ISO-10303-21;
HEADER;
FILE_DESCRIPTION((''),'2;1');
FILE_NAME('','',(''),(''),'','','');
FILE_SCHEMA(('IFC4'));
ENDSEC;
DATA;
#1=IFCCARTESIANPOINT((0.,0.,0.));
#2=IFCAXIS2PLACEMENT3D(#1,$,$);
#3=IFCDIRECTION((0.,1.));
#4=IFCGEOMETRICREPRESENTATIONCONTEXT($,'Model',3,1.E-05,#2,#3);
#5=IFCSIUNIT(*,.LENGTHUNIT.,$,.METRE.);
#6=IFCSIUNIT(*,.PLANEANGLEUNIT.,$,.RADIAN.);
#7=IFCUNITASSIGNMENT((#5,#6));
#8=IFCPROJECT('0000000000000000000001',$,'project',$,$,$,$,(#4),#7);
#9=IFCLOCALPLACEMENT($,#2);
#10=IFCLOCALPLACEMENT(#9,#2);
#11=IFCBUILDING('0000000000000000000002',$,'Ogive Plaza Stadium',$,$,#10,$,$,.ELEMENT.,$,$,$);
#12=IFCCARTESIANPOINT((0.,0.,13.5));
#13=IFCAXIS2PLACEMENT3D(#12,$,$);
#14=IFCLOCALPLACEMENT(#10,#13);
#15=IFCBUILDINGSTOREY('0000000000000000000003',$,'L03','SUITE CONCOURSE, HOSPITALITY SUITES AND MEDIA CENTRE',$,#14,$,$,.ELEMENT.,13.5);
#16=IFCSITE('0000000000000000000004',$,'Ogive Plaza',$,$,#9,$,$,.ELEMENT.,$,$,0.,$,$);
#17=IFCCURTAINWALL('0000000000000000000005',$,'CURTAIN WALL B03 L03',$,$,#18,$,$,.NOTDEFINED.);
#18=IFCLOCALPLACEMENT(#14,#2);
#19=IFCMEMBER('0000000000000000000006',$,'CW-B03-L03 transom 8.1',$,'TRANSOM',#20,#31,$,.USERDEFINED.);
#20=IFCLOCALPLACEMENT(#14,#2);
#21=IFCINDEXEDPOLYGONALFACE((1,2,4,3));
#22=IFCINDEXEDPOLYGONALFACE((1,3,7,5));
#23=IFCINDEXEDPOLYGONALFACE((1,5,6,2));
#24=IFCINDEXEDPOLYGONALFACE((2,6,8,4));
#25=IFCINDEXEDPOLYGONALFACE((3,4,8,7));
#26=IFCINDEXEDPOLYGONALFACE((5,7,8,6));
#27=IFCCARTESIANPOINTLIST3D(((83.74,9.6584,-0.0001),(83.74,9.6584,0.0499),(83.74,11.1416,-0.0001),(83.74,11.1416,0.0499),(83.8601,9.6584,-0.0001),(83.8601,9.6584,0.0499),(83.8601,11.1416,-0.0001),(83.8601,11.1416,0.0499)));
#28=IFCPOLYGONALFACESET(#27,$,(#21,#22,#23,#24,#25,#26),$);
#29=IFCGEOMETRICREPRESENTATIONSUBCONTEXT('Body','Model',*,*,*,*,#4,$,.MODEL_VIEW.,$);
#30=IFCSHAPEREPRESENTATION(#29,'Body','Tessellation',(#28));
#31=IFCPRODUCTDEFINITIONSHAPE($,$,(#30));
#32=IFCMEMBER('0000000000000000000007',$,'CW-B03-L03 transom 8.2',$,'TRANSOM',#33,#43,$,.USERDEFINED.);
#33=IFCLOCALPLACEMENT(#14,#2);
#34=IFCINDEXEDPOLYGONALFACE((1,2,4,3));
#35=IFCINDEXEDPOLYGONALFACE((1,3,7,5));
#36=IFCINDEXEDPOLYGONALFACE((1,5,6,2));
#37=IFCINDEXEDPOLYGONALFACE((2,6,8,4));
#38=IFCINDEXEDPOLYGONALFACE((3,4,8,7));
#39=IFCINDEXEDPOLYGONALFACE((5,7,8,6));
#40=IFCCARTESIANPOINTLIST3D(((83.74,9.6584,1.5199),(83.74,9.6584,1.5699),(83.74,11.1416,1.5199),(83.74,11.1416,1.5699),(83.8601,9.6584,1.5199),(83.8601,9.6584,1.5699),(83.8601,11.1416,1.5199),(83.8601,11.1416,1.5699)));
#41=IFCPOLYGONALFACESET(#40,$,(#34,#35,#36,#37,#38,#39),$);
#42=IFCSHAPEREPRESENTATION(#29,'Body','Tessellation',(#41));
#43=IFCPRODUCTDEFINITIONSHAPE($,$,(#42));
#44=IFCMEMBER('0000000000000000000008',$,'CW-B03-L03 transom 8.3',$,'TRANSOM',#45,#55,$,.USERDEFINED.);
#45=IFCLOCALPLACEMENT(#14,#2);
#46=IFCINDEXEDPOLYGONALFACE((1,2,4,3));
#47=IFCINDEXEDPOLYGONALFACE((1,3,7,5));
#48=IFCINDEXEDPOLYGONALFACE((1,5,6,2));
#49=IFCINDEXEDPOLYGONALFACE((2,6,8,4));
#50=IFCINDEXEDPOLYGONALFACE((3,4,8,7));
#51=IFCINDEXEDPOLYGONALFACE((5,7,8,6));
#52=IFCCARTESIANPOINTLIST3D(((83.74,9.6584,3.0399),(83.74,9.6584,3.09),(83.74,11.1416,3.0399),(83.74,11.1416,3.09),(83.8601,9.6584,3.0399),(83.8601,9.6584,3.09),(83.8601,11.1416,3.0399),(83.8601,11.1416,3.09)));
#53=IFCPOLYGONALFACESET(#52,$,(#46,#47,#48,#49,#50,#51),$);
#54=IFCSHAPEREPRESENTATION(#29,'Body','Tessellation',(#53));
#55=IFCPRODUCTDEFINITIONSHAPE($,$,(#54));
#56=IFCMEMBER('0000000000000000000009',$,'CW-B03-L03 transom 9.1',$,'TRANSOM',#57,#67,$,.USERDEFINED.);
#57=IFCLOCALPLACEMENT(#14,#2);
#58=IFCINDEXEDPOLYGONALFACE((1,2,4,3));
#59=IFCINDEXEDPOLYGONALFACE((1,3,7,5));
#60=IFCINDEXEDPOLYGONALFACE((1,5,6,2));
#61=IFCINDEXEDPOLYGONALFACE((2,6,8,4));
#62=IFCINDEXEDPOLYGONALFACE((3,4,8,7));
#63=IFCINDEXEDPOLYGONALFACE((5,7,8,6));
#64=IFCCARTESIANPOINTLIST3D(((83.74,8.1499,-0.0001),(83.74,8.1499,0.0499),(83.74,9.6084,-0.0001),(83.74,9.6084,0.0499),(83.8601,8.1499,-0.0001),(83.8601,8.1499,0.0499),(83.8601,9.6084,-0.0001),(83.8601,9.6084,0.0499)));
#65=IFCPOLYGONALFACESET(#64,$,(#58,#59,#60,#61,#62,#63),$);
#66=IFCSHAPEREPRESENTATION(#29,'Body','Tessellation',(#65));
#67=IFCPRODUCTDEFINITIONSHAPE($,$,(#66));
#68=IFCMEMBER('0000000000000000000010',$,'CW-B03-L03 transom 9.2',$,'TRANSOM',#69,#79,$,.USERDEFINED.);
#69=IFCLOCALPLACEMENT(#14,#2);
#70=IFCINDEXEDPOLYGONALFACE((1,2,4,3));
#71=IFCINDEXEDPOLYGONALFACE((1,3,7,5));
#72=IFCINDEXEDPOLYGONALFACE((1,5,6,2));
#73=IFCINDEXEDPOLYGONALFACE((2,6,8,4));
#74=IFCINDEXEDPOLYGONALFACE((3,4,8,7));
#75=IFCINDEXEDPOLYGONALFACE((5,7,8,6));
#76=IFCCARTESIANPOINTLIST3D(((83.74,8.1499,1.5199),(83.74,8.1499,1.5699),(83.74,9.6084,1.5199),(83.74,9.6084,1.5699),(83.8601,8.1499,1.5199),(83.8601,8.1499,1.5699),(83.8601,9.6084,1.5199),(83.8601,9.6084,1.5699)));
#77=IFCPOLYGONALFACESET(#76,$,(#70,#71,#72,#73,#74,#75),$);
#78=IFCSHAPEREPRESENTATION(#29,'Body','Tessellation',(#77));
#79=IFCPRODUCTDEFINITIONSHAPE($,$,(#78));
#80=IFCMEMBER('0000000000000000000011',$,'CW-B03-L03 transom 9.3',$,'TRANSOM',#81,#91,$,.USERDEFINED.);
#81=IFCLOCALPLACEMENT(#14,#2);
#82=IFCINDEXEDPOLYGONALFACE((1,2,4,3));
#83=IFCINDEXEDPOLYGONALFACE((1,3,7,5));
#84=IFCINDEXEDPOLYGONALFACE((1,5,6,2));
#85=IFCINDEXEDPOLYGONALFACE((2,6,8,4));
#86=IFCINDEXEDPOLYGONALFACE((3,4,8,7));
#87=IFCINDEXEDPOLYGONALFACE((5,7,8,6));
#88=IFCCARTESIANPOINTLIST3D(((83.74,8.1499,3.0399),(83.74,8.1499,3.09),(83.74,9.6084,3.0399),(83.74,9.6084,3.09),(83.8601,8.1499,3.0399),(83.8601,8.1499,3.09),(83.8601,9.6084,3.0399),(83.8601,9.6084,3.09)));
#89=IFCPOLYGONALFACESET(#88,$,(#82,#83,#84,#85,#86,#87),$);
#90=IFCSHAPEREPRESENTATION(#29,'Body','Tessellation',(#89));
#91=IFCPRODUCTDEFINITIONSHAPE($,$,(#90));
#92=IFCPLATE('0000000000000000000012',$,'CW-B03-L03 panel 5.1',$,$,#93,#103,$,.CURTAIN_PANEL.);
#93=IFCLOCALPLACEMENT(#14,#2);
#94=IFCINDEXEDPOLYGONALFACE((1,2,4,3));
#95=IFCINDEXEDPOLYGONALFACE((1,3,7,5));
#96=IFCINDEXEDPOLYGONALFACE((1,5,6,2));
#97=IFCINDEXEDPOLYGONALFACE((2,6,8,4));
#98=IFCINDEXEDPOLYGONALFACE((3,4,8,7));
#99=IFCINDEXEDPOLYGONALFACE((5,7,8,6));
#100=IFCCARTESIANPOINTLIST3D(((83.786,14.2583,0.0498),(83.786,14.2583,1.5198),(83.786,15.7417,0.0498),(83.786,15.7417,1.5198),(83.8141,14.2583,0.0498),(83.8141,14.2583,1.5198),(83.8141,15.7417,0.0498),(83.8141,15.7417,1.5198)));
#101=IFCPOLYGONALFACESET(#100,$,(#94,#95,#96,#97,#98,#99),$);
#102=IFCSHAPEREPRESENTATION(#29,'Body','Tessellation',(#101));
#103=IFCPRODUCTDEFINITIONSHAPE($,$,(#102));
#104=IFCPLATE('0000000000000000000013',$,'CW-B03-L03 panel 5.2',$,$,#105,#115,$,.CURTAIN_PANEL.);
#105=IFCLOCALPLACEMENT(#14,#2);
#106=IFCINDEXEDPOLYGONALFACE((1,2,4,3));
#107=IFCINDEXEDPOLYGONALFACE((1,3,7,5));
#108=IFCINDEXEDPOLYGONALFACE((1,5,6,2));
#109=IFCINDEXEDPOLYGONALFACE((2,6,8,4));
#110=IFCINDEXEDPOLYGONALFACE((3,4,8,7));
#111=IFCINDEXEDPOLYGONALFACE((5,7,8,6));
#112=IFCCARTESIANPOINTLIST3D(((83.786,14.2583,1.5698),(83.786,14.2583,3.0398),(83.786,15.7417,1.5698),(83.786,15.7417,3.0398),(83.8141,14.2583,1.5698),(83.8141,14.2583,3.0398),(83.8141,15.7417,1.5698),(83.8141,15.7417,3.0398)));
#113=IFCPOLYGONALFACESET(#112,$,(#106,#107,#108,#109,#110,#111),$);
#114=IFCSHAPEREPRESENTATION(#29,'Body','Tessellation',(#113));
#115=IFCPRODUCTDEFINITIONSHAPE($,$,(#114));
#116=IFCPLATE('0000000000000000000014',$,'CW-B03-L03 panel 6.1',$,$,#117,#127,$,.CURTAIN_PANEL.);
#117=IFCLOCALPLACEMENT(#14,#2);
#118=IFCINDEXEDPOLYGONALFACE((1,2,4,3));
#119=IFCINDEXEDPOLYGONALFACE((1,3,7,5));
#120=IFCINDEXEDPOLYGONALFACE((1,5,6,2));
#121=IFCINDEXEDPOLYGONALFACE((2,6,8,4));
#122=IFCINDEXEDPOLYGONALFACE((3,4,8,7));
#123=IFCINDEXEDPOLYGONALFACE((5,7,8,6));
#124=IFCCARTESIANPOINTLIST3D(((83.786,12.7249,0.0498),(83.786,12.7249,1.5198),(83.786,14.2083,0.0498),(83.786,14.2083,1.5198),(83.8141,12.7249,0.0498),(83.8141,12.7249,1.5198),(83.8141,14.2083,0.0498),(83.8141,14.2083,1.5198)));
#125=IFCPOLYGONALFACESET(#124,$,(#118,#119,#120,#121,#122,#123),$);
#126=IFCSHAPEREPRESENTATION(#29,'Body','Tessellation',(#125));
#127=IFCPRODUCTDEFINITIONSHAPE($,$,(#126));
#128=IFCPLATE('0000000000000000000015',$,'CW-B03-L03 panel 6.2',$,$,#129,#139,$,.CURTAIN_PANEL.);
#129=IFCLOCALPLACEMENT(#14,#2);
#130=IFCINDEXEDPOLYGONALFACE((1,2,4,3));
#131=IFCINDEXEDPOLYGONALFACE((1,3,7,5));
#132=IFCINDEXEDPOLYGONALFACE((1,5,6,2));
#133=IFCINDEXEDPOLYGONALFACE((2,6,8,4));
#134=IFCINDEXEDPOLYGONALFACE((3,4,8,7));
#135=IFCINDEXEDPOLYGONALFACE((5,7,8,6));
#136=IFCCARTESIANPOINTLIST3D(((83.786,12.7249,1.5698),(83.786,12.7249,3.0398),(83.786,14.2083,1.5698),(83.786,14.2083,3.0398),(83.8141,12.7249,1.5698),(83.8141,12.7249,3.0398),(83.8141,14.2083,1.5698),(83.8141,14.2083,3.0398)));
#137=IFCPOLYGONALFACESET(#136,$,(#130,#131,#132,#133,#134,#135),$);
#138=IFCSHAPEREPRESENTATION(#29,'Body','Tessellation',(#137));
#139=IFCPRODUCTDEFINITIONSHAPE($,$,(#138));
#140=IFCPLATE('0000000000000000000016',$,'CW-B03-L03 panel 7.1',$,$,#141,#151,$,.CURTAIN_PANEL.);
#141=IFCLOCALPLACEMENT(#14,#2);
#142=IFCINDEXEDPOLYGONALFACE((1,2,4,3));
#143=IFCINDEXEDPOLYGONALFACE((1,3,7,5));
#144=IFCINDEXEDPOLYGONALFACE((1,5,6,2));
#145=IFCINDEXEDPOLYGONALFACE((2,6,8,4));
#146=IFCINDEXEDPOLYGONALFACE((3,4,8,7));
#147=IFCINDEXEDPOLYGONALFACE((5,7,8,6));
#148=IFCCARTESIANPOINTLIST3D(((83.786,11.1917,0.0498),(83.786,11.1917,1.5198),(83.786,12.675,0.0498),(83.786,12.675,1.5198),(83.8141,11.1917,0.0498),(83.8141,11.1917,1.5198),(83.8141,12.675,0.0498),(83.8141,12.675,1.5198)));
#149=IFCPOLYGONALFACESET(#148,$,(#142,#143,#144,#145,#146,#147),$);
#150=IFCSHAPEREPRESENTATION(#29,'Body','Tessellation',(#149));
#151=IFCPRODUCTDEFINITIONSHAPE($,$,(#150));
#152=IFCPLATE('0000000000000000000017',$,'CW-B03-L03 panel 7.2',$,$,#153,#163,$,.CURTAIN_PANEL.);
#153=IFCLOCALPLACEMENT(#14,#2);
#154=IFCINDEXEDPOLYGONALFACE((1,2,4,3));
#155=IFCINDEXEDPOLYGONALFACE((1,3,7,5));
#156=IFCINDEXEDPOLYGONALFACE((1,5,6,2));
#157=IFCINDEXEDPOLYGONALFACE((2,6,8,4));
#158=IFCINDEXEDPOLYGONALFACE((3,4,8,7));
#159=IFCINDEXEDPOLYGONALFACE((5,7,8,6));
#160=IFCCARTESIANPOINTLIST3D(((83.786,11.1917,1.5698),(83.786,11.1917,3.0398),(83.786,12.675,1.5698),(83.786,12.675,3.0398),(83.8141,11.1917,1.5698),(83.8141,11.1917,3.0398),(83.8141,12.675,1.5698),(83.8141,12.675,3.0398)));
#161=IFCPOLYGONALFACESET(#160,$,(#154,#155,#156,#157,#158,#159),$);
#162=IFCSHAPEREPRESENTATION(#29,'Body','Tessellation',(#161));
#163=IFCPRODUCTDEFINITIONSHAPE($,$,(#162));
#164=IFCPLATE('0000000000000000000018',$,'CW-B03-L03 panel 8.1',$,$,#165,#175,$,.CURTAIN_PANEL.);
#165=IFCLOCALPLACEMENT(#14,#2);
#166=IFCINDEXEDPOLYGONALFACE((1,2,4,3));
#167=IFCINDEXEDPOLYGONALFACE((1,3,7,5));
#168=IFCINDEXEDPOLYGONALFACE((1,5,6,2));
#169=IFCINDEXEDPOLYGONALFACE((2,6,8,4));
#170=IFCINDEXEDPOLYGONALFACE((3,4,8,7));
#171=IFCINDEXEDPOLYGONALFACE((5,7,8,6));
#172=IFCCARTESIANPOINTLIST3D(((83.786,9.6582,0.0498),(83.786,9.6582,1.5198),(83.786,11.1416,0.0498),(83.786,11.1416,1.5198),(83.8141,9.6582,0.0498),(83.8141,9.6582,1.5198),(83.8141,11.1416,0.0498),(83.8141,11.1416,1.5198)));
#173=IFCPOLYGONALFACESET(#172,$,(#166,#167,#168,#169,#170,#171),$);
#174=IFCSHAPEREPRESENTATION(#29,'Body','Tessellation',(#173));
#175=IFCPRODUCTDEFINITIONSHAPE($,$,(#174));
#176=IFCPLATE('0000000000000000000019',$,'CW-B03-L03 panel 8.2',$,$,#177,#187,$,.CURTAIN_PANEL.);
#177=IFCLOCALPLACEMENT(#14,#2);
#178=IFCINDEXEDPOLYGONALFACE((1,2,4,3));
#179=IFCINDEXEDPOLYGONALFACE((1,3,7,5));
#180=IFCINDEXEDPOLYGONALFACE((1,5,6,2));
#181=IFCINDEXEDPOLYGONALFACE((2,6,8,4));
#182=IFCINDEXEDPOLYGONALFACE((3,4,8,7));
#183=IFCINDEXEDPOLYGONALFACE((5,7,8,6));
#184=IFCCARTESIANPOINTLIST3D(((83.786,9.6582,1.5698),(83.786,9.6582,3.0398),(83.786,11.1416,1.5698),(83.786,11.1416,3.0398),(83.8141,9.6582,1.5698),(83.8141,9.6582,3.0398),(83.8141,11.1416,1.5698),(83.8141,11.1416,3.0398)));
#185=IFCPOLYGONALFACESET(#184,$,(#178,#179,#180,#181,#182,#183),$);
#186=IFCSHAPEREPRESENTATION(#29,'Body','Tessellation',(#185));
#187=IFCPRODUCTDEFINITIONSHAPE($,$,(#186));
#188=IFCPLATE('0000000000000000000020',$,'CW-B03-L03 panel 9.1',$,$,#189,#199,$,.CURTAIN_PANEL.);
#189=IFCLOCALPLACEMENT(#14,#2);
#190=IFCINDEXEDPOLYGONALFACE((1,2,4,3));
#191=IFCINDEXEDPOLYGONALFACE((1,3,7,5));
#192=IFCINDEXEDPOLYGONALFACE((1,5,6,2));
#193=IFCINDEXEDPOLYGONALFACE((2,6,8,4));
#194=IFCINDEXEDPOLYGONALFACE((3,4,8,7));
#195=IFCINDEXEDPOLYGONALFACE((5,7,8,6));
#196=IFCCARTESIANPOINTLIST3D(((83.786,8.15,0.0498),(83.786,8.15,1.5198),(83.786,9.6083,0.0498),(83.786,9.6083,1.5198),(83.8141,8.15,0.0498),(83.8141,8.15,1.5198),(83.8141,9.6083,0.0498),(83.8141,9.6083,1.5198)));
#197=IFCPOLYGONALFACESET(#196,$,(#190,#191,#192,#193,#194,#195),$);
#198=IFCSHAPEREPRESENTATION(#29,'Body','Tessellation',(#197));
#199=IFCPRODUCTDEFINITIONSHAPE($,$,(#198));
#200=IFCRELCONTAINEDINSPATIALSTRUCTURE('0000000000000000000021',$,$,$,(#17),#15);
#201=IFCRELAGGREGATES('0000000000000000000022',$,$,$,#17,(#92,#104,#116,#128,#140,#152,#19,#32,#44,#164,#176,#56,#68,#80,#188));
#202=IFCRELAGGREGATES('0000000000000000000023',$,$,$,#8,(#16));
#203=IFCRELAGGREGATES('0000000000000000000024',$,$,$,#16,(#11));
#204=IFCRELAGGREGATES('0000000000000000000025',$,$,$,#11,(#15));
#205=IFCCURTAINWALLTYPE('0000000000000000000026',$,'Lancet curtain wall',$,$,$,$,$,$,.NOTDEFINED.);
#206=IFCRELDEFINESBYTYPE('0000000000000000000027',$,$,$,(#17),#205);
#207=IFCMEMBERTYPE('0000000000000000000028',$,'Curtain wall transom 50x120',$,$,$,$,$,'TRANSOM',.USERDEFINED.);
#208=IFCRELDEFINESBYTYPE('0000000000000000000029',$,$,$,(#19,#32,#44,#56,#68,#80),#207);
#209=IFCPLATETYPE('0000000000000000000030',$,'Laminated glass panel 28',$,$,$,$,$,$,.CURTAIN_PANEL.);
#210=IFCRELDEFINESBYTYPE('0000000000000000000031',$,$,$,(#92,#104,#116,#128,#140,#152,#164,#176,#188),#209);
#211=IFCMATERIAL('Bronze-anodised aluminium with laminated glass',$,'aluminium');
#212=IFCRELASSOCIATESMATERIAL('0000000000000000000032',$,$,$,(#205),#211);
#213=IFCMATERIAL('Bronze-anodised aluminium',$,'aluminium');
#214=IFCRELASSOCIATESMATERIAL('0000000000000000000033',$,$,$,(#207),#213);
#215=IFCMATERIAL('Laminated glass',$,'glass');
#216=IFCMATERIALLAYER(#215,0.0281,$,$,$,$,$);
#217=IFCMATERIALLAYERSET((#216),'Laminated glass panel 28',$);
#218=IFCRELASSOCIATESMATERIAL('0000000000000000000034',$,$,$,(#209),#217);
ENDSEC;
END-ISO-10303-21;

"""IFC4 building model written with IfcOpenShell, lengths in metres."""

from ifc_helpers import new_model, si_unit, direction, frame, origin, origin_2d, place, context, subcontext, project, spatial, rectangle, extrude, material, layer, layer_set, material_profile, profile_set, type_object, element, aggregate, save


model = new_model("IFC4")

# Units and contexts
model_context = context("Model", 3, precision=1e-05, world=origin(), true_north=direction((0.0, 1.0)))
body_context = subcontext(model_context, "Body", "Model", "MODEL_VIEW")
ifc_project = project(units=[si_unit("LENGTHUNIT", "METRE"), si_unit("PLANEANGLEUNIT", "RADIAN")], contexts=[model_context])

# Site, building, storey
site_placement = place(None, origin())
site = spatial("IfcSite", under=ifc_project, at=site_placement, Name="Ogive Plaza", CompositionType="ELEMENT", RefElevation=0.0)
building_placement = place(site_placement, origin())
building = spatial("IfcBuilding", under=site, at=building_placement, Name="Ogive Plaza Stadium", CompositionType="ELEMENT")
storey_placement = place(building_placement, frame((0.0, 0.0, 13.5)))
storey = spatial("IfcBuildingStorey", under=building, at=storey_placement, Name="L03", Description="SUITE CONCOURSE, HOSPITALITY SUITES AND MEDIA CENTRE", CompositionType="ELEMENT", Elevation=13.5)

# Curtain wall, members, plates
ifc_material_1 = material(Name="Bronze-anodised aluminium with laminated glass", Category="aluminium")
curtain_wall_type = type_object("IfcCurtainWallType", Name="Lancet curtain wall", PredefinedType="NOTDEFINED", material=ifc_material_1)
curtain_wall_placement = place(storey_placement, origin())
curtain_wall = element("IfcCurtainWall", 1, at=curtain_wall_placement, inside=storey, type_object=curtain_wall_type, Name="CURTAIN WALL B03 L03", PredefinedType="NOTDEFINED")
ifc_material_2 = material(Name="Bronze-anodised aluminium", Category="aluminium")
ifc_material_profile_1 = material_profile(ifc_material_2, rectangle(XDim=0.1201, YDim=0.05, at=origin_2d()), Name="AL 120x50")
ifc_profile_set_1 = profile_set([ifc_material_profile_1], Name="Bronze-anodised aluminium")
member_type_1 = type_object("IfcMemberType", Name="Curtain wall transom 50x120", ElementType="TRANSOM", PredefinedType="USERDEFINED", material=ifc_profile_set_1)
member_1_placement = place(storey_placement, frame((83.8, 11.1416, 0.0249), z_axis=(0.0, -1.0, 0.0), x_axis=(1.0, 0.0, 0.0)))
member_1 = element("IfcMember", 2, at=member_1_placement, type_object=member_type_1, Name="CW-B03-L03 transom 8.1", ObjectType="TRANSOM", PredefinedType="USERDEFINED", context=body_context, shape_type="SweptSolid", body=[
    extrude(rectangle(XDim=0.1201, YDim=0.05, at=origin_2d()), origin(), (0.0, 0.0, 1.0), 1.4832),
])
member_2_placement = place(storey_placement, frame((83.8, 11.1416, 1.5449), z_axis=(0.0, -1.0, 0.0), x_axis=(1.0, 0.0, 0.0)))
member_2 = element("IfcMember", 3, at=member_2_placement, type_object=member_type_1, Name="CW-B03-L03 transom 8.2", ObjectType="TRANSOM", PredefinedType="USERDEFINED", context=body_context, shape_type="SweptSolid", body=[
    extrude(rectangle(XDim=0.1201, YDim=0.05, at=origin_2d()), origin(), (0.0, 0.0, 1.0), 1.4832),
])
member_3_placement = place(storey_placement, frame((83.8, 11.1416, 3.0649), z_axis=(0.0, -1.0, 0.0), x_axis=(1.0, 0.0, 0.0)))
member_3 = element("IfcMember", 4, at=member_3_placement, type_object=member_type_1, Name="CW-B03-L03 transom 8.3", ObjectType="TRANSOM", PredefinedType="USERDEFINED", context=body_context, shape_type="SweptSolid", body=[
    extrude(rectangle(XDim=0.1201, YDim=0.05, at=origin_2d()), origin(), (0.0, 0.0, 1.0), 1.4832),
])
member_4_placement = place(storey_placement, frame((83.8, 9.6084, 0.0249), z_axis=(0.0, -1.0, 0.0), x_axis=(1.0, 0.0, 0.0)))
member_4 = element("IfcMember", 5, at=member_4_placement, type_object=member_type_1, Name="CW-B03-L03 transom 9.1", ObjectType="TRANSOM", PredefinedType="USERDEFINED", context=body_context, shape_type="SweptSolid", body=[
    extrude(rectangle(XDim=0.1201, YDim=0.05, at=origin_2d()), origin(), (0.0, 0.0, 1.0), 1.4585),
])
member_5_placement = place(storey_placement, frame((83.8, 9.6084, 1.5449), z_axis=(0.0, -1.0, 0.0), x_axis=(1.0, 0.0, 0.0)))
member_5 = element("IfcMember", 6, at=member_5_placement, type_object=member_type_1, Name="CW-B03-L03 transom 9.2", ObjectType="TRANSOM", PredefinedType="USERDEFINED", context=body_context, shape_type="SweptSolid", body=[
    extrude(rectangle(XDim=0.1201, YDim=0.05, at=origin_2d()), origin(), (0.0, 0.0, 1.0), 1.4585),
])
member_6_placement = place(storey_placement, frame((83.8, 9.6084, 3.0649), z_axis=(0.0, -1.0, 0.0), x_axis=(1.0, 0.0, 0.0)))
member_6 = element("IfcMember", 7, at=member_6_placement, type_object=member_type_1, Name="CW-B03-L03 transom 9.3", ObjectType="TRANSOM", PredefinedType="USERDEFINED", context=body_context, shape_type="SweptSolid", body=[
    extrude(rectangle(XDim=0.1201, YDim=0.05, at=origin_2d()), origin(), (0.0, 0.0, 1.0), 1.4585),
])
ifc_material_3 = material(Name="Laminated glass", Category="glass")
ifc_layer_1 = layer(ifc_material_3, 0.0281)
ifc_layer_set_1 = layer_set([ifc_layer_1], Name="Laminated glass panel 28")
plate_type = type_object("IfcPlateType", Name="Laminated glass panel 28", PredefinedType="CURTAIN_PANEL", material=ifc_layer_set_1)
plate_1_placement = place(storey_placement, frame((83.8, 15.0, 0.0498), z_axis=(0.0, 0.0, 1.0), x_axis=(0.0, -1.0, 0.0)))
plate_1 = element("IfcPlate", 8, at=plate_1_placement, type_object=plate_type, Name="CW-B03-L03 panel 5.1", PredefinedType="CURTAIN_PANEL", context=body_context, shape_type="SweptSolid", body=[
    extrude(rectangle(XDim=1.4834, YDim=0.0281, at=origin_2d()), origin(), (0.0, 0.0, 1.0), 1.47),
])
plate_2_placement = place(storey_placement, frame((83.8, 15.0, 1.5698), z_axis=(0.0, 0.0, 1.0), x_axis=(0.0, -1.0, 0.0)))
plate_2 = element("IfcPlate", 9, at=plate_2_placement, type_object=plate_type, Name="CW-B03-L03 panel 5.2", PredefinedType="CURTAIN_PANEL", context=body_context, shape_type="SweptSolid", body=[
    extrude(rectangle(XDim=1.4834, YDim=0.0281, at=origin_2d()), origin(), (0.0, 0.0, 1.0), 1.47),
])
plate_3_placement = place(storey_placement, frame((83.8, 13.4666, 0.0498), z_axis=(0.0, 0.0, 1.0), x_axis=(0.0, -1.0, 0.0)))
plate_3 = element("IfcPlate", 10, at=plate_3_placement, type_object=plate_type, Name="CW-B03-L03 panel 6.1", PredefinedType="CURTAIN_PANEL", context=body_context, shape_type="SweptSolid", body=[
    extrude(rectangle(XDim=1.4834, YDim=0.0281, at=origin_2d()), origin(), (0.0, 0.0, 1.0), 1.47),
])
plate_4_placement = place(storey_placement, frame((83.8, 13.4666, 1.5698), z_axis=(0.0, 0.0, 1.0), x_axis=(0.0, -1.0, 0.0)))
plate_4 = element("IfcPlate", 11, at=plate_4_placement, type_object=plate_type, Name="CW-B03-L03 panel 6.2", PredefinedType="CURTAIN_PANEL", context=body_context, shape_type="SweptSolid", body=[
    extrude(rectangle(XDim=1.4834, YDim=0.0281, at=origin_2d()), origin(), (0.0, 0.0, 1.0), 1.47),
])
plate_5_placement = place(storey_placement, frame((83.8, 11.9333, 0.0498), z_axis=(0.0, 0.0, 1.0), x_axis=(0.0, -1.0, 0.0)))
plate_5 = element("IfcPlate", 12, at=plate_5_placement, type_object=plate_type, Name="CW-B03-L03 panel 7.1", PredefinedType="CURTAIN_PANEL", context=body_context, shape_type="SweptSolid", body=[
    extrude(rectangle(XDim=1.4834, YDim=0.0281, at=origin_2d()), origin(), (0.0, 0.0, 1.0), 1.47),
])
plate_6_placement = place(storey_placement, frame((83.8, 11.9333, 1.5698), z_axis=(0.0, 0.0, 1.0), x_axis=(0.0, -1.0, 0.0)))
plate_6 = element("IfcPlate", 13, at=plate_6_placement, type_object=plate_type, Name="CW-B03-L03 panel 7.2", PredefinedType="CURTAIN_PANEL", context=body_context, shape_type="SweptSolid", body=[
    extrude(rectangle(XDim=1.4834, YDim=0.0281, at=origin_2d()), origin(), (0.0, 0.0, 1.0), 1.47),
])
plate_7_placement = place(storey_placement, frame((83.8, 10.3999, 0.0498), z_axis=(0.0, 0.0, 1.0), x_axis=(0.0, -1.0, 0.0)))
plate_7 = element("IfcPlate", 14, at=plate_7_placement, type_object=plate_type, Name="CW-B03-L03 panel 8.1", PredefinedType="CURTAIN_PANEL", context=body_context, shape_type="SweptSolid", body=[
    extrude(rectangle(XDim=1.4834, YDim=0.0281, at=origin_2d()), origin(), (0.0, 0.0, 1.0), 1.47),
])
plate_8_placement = place(storey_placement, frame((83.8, 10.3999, 1.5698), z_axis=(0.0, 0.0, 1.0), x_axis=(0.0, -1.0, 0.0)))
plate_8 = element("IfcPlate", 15, at=plate_8_placement, type_object=plate_type, Name="CW-B03-L03 panel 8.2", PredefinedType="CURTAIN_PANEL", context=body_context, shape_type="SweptSolid", body=[
    extrude(rectangle(XDim=1.4834, YDim=0.0281, at=origin_2d()), origin(), (0.0, 0.0, 1.0), 1.47),
])
plate_9_placement = place(storey_placement, frame((83.8, 8.8792, 0.0498), z_axis=(0.0, 0.0, 1.0), x_axis=(0.0, -1.0, 0.0)))
plate_9 = element("IfcPlate", 16, at=plate_9_placement, type_object=plate_type, Name="CW-B03-L03 panel 9.1", PredefinedType="CURTAIN_PANEL", context=body_context, shape_type="SweptSolid", body=[
    extrude(rectangle(XDim=1.4583, YDim=0.0281, at=origin_2d()), origin(), (0.0, 0.0, 1.0), 1.47),
])
aggregate(curtain_wall, [plate_1, plate_2, plate_3, plate_4, plate_5, plate_6, member_1, member_2, member_3, plate_7, plate_8, member_4, member_5, member_6, plate_9])

save(model, "model.ifc")
